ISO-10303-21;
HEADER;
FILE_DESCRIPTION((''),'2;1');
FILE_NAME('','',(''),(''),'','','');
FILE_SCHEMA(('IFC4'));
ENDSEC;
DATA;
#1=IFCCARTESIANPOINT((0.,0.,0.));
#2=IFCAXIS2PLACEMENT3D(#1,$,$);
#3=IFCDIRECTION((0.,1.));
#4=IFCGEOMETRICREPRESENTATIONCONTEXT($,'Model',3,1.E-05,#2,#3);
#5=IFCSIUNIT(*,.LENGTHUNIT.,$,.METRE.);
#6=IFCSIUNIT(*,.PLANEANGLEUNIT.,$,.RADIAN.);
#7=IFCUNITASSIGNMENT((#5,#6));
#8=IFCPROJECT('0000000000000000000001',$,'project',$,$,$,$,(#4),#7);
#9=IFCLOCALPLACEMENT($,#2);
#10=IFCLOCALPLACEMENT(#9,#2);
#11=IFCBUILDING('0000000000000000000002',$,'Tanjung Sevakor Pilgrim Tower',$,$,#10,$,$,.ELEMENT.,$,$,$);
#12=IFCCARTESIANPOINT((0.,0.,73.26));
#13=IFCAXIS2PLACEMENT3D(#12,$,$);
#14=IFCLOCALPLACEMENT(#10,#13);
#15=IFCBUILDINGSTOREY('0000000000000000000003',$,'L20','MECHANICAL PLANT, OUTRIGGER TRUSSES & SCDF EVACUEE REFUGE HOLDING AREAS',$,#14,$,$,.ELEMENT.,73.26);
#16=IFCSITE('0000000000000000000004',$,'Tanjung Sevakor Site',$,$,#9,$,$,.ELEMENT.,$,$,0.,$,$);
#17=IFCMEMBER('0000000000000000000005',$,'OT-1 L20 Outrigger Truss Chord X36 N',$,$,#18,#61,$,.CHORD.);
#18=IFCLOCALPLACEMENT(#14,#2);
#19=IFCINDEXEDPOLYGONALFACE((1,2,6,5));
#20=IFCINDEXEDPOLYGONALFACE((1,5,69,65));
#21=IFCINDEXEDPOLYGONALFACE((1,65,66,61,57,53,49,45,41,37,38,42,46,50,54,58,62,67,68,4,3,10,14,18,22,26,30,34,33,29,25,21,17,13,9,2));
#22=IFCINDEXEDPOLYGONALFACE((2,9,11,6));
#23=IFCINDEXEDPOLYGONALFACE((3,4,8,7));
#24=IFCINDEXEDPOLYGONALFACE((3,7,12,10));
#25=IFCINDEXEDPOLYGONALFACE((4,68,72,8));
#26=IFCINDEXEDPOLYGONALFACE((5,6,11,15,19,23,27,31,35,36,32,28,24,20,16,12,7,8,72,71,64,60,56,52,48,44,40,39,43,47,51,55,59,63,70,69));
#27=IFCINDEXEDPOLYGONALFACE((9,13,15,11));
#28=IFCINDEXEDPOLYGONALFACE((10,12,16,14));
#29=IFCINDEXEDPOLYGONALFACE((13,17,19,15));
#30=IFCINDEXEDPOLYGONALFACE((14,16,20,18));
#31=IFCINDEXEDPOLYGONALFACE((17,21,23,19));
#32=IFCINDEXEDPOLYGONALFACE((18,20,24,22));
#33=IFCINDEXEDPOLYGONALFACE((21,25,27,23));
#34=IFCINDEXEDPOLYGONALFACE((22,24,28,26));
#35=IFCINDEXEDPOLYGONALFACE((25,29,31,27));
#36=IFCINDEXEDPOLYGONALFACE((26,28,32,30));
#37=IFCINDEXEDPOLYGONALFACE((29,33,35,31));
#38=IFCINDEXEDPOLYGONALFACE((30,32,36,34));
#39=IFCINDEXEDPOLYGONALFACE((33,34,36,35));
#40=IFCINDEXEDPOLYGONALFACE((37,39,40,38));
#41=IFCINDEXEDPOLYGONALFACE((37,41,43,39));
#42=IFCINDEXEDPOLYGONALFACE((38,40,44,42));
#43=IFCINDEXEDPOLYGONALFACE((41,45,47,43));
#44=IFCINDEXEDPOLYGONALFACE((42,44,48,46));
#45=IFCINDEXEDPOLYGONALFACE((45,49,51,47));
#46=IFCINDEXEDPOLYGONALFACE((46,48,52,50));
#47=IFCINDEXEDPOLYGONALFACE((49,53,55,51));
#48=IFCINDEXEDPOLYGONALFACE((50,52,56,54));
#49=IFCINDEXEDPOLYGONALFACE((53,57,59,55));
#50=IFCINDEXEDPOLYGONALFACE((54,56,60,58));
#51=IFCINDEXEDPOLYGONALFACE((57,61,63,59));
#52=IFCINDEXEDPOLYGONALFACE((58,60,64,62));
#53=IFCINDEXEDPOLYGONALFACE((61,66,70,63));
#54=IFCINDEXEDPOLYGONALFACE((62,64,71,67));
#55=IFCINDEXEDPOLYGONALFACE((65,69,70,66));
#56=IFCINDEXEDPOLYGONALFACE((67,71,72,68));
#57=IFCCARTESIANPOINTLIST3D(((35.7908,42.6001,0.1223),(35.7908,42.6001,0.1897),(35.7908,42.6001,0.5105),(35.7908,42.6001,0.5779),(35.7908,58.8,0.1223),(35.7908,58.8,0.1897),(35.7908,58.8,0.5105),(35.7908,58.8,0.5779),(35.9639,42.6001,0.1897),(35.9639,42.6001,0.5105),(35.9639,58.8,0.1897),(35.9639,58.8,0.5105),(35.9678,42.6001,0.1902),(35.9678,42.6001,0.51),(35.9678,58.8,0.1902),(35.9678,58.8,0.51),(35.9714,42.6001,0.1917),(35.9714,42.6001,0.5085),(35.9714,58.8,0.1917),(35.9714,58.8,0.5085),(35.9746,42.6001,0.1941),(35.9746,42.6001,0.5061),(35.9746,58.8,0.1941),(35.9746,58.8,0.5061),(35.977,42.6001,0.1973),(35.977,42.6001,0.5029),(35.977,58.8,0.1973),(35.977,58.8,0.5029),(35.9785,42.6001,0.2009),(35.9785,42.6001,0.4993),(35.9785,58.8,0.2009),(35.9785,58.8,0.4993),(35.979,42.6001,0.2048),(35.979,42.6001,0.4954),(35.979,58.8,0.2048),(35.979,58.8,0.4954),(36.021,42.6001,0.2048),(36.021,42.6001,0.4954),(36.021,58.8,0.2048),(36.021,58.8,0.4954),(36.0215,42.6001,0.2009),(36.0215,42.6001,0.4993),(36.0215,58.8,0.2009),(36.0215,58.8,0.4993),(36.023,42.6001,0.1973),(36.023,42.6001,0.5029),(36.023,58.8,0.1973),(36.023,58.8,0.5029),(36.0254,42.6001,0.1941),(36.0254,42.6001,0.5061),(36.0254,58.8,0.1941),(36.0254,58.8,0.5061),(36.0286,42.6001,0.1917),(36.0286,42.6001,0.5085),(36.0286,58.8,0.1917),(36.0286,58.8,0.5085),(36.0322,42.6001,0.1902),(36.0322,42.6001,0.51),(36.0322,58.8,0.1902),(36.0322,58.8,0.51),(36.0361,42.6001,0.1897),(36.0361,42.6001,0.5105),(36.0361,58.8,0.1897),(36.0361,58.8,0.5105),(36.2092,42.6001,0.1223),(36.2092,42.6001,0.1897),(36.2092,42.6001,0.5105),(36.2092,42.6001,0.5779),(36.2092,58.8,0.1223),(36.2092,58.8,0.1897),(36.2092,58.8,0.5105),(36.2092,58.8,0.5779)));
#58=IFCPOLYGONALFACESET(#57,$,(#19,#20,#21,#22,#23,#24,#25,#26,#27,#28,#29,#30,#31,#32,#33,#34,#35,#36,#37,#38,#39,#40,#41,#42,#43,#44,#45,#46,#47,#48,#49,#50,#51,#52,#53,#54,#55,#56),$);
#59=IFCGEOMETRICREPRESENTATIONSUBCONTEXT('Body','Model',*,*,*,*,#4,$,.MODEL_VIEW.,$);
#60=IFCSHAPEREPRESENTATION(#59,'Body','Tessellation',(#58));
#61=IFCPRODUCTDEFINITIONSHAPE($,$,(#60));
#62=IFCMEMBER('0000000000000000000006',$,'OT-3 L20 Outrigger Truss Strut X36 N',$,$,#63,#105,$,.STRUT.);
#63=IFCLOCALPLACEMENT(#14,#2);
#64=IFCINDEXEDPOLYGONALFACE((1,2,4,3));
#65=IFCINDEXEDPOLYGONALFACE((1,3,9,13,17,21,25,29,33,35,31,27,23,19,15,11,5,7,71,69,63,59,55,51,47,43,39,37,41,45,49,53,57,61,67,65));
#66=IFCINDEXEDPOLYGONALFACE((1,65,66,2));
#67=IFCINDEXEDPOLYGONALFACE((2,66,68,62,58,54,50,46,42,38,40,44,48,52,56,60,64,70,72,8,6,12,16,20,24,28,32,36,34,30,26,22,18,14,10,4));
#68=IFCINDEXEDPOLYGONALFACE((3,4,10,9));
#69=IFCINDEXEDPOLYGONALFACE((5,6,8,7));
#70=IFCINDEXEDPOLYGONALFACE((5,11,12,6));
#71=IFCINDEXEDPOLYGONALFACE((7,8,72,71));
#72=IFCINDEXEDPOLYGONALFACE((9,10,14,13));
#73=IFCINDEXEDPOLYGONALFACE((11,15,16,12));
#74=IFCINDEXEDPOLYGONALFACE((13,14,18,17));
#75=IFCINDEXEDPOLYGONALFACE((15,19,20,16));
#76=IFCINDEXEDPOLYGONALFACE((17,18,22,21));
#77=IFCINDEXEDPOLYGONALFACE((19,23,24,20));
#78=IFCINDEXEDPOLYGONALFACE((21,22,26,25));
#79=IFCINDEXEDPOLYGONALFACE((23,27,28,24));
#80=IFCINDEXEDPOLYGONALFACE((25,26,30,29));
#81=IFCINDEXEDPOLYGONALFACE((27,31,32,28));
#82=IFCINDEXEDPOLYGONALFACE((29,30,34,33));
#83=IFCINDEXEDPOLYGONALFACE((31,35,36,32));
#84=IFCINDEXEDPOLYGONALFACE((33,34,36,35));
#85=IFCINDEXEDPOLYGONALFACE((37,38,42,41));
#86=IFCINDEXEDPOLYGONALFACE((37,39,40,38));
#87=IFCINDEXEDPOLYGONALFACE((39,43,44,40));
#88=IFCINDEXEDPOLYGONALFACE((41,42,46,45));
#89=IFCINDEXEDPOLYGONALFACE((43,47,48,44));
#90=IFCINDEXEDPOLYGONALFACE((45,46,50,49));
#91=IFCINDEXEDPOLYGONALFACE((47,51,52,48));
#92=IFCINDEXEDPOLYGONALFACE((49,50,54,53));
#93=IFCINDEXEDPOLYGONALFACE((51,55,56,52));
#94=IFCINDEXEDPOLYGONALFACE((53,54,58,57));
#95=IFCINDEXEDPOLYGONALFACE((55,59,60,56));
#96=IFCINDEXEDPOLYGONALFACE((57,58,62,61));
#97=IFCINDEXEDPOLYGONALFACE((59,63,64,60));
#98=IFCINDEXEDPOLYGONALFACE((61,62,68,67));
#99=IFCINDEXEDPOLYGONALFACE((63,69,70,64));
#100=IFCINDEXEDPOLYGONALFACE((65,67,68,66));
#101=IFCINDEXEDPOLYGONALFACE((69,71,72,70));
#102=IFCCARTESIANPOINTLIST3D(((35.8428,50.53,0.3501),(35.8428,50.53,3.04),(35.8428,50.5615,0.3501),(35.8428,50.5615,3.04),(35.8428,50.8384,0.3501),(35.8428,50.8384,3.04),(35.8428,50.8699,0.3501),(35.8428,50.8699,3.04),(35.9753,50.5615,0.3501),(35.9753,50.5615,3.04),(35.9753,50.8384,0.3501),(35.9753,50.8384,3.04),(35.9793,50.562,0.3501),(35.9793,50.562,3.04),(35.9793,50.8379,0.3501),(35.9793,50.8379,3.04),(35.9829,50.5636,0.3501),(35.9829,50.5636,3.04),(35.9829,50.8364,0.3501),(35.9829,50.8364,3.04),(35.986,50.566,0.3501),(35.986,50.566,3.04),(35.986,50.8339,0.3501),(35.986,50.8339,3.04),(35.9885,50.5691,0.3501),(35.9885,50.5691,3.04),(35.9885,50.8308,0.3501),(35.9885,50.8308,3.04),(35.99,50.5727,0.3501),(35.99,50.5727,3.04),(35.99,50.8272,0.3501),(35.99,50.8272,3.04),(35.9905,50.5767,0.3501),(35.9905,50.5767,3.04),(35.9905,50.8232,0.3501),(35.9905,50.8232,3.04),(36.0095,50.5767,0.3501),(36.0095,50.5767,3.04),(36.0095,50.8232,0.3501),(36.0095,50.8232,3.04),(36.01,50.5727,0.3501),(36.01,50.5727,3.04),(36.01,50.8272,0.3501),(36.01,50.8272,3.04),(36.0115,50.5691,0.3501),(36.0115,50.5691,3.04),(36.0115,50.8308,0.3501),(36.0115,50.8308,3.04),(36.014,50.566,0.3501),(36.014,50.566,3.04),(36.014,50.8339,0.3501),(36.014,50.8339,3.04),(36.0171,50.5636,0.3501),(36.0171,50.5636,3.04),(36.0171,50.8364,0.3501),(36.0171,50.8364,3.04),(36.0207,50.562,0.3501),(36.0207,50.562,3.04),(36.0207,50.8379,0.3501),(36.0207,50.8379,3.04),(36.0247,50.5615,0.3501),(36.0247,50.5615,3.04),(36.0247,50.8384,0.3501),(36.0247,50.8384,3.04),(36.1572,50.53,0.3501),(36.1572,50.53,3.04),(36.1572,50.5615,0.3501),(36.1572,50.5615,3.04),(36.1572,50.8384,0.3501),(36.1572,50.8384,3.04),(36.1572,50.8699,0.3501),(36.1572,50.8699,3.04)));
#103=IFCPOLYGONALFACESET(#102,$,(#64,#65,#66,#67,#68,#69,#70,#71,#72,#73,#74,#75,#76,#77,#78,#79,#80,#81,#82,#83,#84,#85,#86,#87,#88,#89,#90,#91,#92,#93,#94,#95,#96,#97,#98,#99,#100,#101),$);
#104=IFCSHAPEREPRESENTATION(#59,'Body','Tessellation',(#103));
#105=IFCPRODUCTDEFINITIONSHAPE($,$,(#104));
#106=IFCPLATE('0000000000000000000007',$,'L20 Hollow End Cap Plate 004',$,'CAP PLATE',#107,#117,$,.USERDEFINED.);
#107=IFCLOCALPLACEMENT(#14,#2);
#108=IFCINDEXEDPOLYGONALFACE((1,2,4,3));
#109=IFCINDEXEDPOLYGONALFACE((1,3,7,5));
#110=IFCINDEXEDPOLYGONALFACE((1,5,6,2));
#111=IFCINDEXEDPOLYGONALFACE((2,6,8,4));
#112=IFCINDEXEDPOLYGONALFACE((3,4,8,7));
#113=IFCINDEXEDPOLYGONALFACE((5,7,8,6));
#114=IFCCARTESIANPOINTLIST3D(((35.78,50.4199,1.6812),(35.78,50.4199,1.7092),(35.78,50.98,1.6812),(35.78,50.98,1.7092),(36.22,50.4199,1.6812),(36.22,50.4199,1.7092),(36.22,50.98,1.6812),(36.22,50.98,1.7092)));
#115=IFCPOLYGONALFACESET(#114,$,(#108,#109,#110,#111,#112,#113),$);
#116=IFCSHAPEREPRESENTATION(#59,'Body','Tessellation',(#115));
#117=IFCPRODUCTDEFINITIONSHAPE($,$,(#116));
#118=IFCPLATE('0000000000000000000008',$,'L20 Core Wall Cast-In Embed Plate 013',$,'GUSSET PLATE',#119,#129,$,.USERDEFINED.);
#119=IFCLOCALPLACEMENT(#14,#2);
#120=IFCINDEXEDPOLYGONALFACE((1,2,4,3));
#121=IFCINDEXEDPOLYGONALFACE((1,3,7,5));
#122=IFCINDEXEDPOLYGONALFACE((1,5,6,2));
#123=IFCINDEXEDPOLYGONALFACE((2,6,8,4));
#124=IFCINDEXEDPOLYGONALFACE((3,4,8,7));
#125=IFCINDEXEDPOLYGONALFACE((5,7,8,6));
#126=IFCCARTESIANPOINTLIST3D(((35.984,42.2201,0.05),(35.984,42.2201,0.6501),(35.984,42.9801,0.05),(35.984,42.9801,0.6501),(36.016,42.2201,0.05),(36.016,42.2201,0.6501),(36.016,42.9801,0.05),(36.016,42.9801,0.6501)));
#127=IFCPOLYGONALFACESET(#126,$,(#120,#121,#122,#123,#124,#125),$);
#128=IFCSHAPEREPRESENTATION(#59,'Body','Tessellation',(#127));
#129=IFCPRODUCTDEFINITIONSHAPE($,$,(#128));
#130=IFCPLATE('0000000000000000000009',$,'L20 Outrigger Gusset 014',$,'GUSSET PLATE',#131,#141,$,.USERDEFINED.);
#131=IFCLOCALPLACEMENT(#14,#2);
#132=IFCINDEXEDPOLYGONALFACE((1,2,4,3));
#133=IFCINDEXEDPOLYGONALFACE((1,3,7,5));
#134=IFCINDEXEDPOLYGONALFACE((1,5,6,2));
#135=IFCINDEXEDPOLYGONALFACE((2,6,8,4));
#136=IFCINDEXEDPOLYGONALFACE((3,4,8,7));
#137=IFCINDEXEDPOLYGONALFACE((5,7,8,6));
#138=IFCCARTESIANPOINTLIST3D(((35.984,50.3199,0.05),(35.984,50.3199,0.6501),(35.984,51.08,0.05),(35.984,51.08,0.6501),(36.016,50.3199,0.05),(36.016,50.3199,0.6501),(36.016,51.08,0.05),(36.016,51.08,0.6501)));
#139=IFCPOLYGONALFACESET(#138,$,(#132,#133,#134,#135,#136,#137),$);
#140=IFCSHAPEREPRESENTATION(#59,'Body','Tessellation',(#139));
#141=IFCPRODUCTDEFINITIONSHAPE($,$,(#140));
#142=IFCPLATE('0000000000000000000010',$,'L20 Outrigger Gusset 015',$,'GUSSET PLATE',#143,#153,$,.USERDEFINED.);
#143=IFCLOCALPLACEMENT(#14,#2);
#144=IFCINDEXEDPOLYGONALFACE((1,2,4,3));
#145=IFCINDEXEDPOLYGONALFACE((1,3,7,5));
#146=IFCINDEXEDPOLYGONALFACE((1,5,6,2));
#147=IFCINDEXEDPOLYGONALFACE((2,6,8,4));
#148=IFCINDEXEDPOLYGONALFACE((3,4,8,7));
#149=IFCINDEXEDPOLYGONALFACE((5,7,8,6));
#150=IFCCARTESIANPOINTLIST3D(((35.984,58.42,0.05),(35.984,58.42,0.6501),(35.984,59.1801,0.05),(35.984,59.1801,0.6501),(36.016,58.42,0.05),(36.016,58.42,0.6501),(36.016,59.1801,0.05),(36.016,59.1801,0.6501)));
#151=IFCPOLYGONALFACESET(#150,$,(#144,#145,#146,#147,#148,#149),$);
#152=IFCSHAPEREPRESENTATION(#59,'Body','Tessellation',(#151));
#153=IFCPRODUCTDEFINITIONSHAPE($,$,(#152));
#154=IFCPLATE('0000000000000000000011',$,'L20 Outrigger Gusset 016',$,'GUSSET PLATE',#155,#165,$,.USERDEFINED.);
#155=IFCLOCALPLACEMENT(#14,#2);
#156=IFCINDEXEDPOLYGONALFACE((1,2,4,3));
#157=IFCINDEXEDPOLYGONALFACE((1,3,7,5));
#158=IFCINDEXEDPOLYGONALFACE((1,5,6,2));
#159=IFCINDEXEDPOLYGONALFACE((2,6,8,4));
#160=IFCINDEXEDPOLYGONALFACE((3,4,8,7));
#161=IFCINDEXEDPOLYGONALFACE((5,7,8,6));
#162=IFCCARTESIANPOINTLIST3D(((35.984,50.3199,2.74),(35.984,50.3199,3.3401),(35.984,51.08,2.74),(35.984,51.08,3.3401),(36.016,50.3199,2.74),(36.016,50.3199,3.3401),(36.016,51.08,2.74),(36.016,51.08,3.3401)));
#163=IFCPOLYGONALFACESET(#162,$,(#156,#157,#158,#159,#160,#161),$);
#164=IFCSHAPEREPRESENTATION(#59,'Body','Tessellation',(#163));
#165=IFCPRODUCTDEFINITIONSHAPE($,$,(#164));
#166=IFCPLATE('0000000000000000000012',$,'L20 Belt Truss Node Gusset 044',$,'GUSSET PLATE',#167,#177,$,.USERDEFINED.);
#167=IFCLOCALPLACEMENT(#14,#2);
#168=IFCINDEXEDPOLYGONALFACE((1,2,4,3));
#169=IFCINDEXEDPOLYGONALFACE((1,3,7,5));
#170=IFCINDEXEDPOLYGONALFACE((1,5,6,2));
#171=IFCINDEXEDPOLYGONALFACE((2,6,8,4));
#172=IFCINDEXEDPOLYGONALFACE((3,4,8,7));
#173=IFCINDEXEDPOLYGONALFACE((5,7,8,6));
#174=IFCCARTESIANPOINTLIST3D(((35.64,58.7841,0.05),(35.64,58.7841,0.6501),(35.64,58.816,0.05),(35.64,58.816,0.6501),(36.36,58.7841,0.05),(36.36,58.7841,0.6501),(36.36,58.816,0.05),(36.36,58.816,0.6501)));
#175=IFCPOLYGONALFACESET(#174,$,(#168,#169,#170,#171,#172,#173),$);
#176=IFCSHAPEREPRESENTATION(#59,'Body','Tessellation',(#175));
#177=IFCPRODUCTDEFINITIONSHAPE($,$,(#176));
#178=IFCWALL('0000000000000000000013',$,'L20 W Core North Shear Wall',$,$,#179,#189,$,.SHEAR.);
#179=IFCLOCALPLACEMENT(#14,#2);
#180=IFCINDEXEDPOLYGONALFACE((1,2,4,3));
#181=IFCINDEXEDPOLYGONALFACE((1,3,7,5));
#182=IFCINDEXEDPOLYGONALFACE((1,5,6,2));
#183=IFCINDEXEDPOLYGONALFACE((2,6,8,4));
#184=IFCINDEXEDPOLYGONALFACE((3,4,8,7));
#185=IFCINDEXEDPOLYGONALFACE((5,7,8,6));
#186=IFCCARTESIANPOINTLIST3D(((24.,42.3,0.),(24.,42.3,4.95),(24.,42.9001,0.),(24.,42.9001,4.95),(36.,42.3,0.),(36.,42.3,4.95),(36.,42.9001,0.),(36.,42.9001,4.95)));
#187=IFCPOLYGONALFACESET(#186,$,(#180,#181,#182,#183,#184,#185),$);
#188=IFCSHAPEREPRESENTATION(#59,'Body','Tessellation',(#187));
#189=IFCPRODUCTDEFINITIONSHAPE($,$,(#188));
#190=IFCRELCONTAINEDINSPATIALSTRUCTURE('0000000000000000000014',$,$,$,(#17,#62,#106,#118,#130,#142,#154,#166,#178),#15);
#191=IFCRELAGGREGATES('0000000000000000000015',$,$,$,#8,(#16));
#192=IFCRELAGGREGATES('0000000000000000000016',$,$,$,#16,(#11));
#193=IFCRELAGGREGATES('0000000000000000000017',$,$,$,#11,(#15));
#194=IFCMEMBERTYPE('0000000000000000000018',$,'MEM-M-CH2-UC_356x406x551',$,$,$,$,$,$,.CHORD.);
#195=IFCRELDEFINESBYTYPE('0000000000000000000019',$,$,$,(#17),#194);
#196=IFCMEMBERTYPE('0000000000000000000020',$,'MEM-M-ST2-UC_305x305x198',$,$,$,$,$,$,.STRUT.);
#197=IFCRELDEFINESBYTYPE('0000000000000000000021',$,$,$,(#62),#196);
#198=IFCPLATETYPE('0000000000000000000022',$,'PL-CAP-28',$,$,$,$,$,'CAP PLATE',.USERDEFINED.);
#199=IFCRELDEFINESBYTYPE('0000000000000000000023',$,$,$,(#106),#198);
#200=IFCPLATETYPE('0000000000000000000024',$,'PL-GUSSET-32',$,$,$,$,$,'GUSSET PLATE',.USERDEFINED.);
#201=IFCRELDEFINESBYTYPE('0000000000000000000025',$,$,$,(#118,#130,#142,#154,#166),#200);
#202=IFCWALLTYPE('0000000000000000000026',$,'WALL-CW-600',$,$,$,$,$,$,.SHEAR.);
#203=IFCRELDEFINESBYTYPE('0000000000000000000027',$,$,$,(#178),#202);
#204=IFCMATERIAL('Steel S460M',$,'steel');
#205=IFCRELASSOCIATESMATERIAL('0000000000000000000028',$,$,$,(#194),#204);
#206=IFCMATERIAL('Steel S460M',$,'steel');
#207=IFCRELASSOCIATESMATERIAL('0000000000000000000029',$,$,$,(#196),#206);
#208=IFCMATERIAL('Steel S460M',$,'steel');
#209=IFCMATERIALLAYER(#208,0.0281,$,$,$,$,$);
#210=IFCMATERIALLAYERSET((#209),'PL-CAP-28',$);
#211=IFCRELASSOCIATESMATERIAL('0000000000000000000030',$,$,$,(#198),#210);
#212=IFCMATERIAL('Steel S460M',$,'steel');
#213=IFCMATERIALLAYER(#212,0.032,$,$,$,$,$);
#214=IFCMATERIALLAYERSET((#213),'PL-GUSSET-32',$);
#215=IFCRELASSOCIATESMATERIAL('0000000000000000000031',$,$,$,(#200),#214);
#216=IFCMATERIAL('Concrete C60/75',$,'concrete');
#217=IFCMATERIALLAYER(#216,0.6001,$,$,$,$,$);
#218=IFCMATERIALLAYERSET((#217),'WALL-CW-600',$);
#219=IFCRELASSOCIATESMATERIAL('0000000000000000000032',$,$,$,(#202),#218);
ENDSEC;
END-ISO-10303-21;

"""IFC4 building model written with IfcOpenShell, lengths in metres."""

from ifc_helpers import new_model, si_unit, direction, frame, frame_2d, origin, origin_2d, place, context, subcontext, project, spatial, rectangle, i_section, extrude, material, layer, layer_set, material_profile, profile_set, type_object, element, save


model = new_model("IFC4")

# Units and contexts
model_context = context("Model", 3, precision=1e-05, world=origin(), true_north=direction((0.0, 1.0)))
body_context = subcontext(model_context, "Body", "Model", "MODEL_VIEW")
ifc_project = project(units=[si_unit("LENGTHUNIT", "METRE"), si_unit("PLANEANGLEUNIT", "RADIAN")], contexts=[model_context])

# Site, building, storey
site_placement = place(None, origin())
site = spatial("IfcSite", under=ifc_project, at=site_placement, Name="Tanjung Sevakor Site", CompositionType="ELEMENT", RefElevation=0.0)
building_placement = place(site_placement, origin())
building = spatial("IfcBuilding", under=site, at=building_placement, Name="Tanjung Sevakor Pilgrim Tower", CompositionType="ELEMENT")
storey_placement = place(building_placement, frame((0.0, 0.0, 73.26)))
storey = spatial("IfcBuildingStorey", under=building, at=storey_placement, Name="L20", Description="MECHANICAL PLANT, OUTRIGGER TRUSSES & SCDF EVACUEE REFUGE HOLDING AREAS", CompositionType="ELEMENT", Elevation=73.26)

# Members
ifc_material_1 = material(Name="Steel S460M", Category="steel")
ifc_material_profile_1 = material_profile(ifc_material_1, i_section(OverallWidth=0.4185, OverallDepth=0.4556, WebThickness=0.042, FlangeThickness=0.0674, FilletRadius=0.0151, at=origin_2d()))
ifc_profile_set_1 = profile_set([ifc_material_profile_1], Name="Steel S460M")
member_type_1 = type_object("IfcMemberType", Name="MEM-M-CH2-UC_356x406x551", PredefinedType="CHORD", material=ifc_profile_set_1)
member_1_placement = place(storey_placement, frame((36.0, 42.6001, 0.3501), z_axis=(0.0, 1.0, 0.0), x_axis=(-1.0, 0.0, 0.0)))
element("IfcMember", 1, at=member_1_placement, inside=storey, type_object=member_type_1, Name="OT-1 L20 Outrigger Truss Chord X36 N", PredefinedType="CHORD", context=body_context, shape_type="SweptSolid", body=[
    extrude(i_section(OverallWidth=0.4185, OverallDepth=0.4556, WebThickness=0.042, FlangeThickness=0.0674, FilletRadius=0.0151, at=origin_2d()), origin(), (0.0, 0.0, 1.0), 16.2),
])
ifc_material_2 = material(Name="Steel S460M", Category="steel")
ifc_material_profile_2 = material_profile(ifc_material_2, i_section(OverallWidth=0.3145, OverallDepth=0.3398, WebThickness=0.019, FlangeThickness=0.0315, FilletRadius=0.0151, at=origin_2d()))
ifc_profile_set_2 = profile_set([ifc_material_profile_2], Name="Steel S460M")
member_type_2 = type_object("IfcMemberType", Name="MEM-M-ST2-UC_305x305x198", PredefinedType="STRUT", material=ifc_profile_set_2)
member_2_placement = place(storey_placement, frame((36.0, 50.7, 0.3501), z_axis=(0.0, 0.0, 1.0), x_axis=(1.0, 0.0, 0.0)))
element("IfcMember", 2, at=member_2_placement, inside=storey, type_object=member_type_2, Name="OT-3 L20 Outrigger Truss Strut X36 N", PredefinedType="STRUT", context=body_context, shape_type="SweptSolid", body=[
    extrude(i_section(OverallWidth=0.3145, OverallDepth=0.3398, WebThickness=0.019, FlangeThickness=0.0315, FilletRadius=0.0151, at=origin_2d()), origin(), (0.0, 0.0, 1.0), 2.6899),
])

# Plates
ifc_material_3 = material(Name="Steel S460M", Category="steel")
ifc_layer_1 = layer(ifc_material_3, 0.0281)
ifc_layer_set_1 = layer_set([ifc_layer_1], Name="PL-CAP-28")
plate_type_1 = type_object("IfcPlateType", Name="PL-CAP-28", ElementType="CAP PLATE", PredefinedType="USERDEFINED", material=ifc_layer_set_1)
plate_1_placement = place(storey_placement, frame((36.0, 50.7, 1.6812), z_axis=(0.0, 0.0, 1.0), x_axis=(1.0, 0.0, 0.0)))
element("IfcPlate", 3, at=plate_1_placement, inside=storey, type_object=plate_type_1, Name="L20 Hollow End Cap Plate 004", ObjectType="CAP PLATE", PredefinedType="USERDEFINED", context=body_context, shape_type="SweptSolid", body=[
    extrude(rectangle(XDim=0.4399, YDim=0.5601, at=origin_2d()), origin(), (0.0, 0.0, 1.0), 0.0281),
])
ifc_material_4 = material(Name="Steel S460M", Category="steel")
ifc_layer_2 = layer(ifc_material_4, 0.032)
ifc_layer_set_2 = layer_set([ifc_layer_2], Name="PL-GUSSET-32")
plate_type_2 = type_object("IfcPlateType", Name="PL-GUSSET-32", ElementType="GUSSET PLATE", PredefinedType="USERDEFINED", material=ifc_layer_set_2)
for number, where, z_axis, x_axis, name in (
    (4, (36.0, 42.6001, 0.05), (0.0, 0.0, 1.0), (1.0, 0.0, 0.0), "L20 Core Wall Cast-In Embed Plate 013"),
    (5, (36.0, 50.7, 0.05), (0.0, 0.0, 1.0), (1.0, 0.0, 0.0), "L20 Outrigger Gusset 014"),
    (6, (36.0, 58.8, 0.05), (0.0, 0.0, 1.0), (1.0, 0.0, 0.0), "L20 Outrigger Gusset 015"),
    (7, (36.0, 50.7, 2.74), (0.0, 0.0, 1.0), (1.0, 0.0, 0.0), "L20 Outrigger Gusset 016"),
):
    element("IfcPlate", number, at=place(storey_placement, frame(where, z_axis=z_axis, x_axis=x_axis)), inside=storey, type_object=plate_type_2, Name=name, ObjectType="GUSSET PLATE", PredefinedType="USERDEFINED", context=body_context, shape_type="SweptSolid", body=[
        extrude(rectangle(XDim=0.032, YDim=0.76, at=origin_2d()), origin(), (0.0, 0.0, 1.0), 0.6001),
    ])
plate_2_placement = place(storey_placement, frame((36.0, 58.8, 0.05), z_axis=(0.0, 0.0, 1.0), x_axis=(1.0, 0.0, 0.0)))
element("IfcPlate", 8, at=plate_2_placement, inside=storey, type_object=plate_type_2, Name="L20 Belt Truss Node Gusset 044", ObjectType="GUSSET PLATE", PredefinedType="USERDEFINED", context=body_context, shape_type="SweptSolid", body=[
    extrude(rectangle(XDim=0.72, YDim=0.032, at=origin_2d()), origin(), (0.0, 0.0, 1.0), 0.6001),
])

# Wall
ifc_material_5 = material(Name="Concrete C60/75", Category="concrete")
ifc_layer_3 = layer(ifc_material_5, 0.6001)
ifc_layer_set_3 = layer_set([ifc_layer_3], Name="WALL-CW-600")
wall_type_1 = type_object("IfcWallType", Name="WALL-CW-600", PredefinedType="SHEAR", material=ifc_layer_set_3)
wall_1_placement = place(storey_placement, frame((36.0, 42.6001, 0.0), z_axis=(0.0, 0.0, 1.0), x_axis=(-1.0, 0.0, 0.0)))
element("IfcWall", 9, at=wall_1_placement, inside=storey, type_object=wall_type_1, Name="L20 W Core North Shear Wall", PredefinedType="SHEAR", context=body_context, shape_type="SweptSolid", body=[
    extrude(rectangle(XDim=12.0, YDim=0.6001, at=frame_2d((6.0, 0.0))), origin(), (0.0, 0.0, 1.0), 4.95),
])

save(model, "model.ifc")
